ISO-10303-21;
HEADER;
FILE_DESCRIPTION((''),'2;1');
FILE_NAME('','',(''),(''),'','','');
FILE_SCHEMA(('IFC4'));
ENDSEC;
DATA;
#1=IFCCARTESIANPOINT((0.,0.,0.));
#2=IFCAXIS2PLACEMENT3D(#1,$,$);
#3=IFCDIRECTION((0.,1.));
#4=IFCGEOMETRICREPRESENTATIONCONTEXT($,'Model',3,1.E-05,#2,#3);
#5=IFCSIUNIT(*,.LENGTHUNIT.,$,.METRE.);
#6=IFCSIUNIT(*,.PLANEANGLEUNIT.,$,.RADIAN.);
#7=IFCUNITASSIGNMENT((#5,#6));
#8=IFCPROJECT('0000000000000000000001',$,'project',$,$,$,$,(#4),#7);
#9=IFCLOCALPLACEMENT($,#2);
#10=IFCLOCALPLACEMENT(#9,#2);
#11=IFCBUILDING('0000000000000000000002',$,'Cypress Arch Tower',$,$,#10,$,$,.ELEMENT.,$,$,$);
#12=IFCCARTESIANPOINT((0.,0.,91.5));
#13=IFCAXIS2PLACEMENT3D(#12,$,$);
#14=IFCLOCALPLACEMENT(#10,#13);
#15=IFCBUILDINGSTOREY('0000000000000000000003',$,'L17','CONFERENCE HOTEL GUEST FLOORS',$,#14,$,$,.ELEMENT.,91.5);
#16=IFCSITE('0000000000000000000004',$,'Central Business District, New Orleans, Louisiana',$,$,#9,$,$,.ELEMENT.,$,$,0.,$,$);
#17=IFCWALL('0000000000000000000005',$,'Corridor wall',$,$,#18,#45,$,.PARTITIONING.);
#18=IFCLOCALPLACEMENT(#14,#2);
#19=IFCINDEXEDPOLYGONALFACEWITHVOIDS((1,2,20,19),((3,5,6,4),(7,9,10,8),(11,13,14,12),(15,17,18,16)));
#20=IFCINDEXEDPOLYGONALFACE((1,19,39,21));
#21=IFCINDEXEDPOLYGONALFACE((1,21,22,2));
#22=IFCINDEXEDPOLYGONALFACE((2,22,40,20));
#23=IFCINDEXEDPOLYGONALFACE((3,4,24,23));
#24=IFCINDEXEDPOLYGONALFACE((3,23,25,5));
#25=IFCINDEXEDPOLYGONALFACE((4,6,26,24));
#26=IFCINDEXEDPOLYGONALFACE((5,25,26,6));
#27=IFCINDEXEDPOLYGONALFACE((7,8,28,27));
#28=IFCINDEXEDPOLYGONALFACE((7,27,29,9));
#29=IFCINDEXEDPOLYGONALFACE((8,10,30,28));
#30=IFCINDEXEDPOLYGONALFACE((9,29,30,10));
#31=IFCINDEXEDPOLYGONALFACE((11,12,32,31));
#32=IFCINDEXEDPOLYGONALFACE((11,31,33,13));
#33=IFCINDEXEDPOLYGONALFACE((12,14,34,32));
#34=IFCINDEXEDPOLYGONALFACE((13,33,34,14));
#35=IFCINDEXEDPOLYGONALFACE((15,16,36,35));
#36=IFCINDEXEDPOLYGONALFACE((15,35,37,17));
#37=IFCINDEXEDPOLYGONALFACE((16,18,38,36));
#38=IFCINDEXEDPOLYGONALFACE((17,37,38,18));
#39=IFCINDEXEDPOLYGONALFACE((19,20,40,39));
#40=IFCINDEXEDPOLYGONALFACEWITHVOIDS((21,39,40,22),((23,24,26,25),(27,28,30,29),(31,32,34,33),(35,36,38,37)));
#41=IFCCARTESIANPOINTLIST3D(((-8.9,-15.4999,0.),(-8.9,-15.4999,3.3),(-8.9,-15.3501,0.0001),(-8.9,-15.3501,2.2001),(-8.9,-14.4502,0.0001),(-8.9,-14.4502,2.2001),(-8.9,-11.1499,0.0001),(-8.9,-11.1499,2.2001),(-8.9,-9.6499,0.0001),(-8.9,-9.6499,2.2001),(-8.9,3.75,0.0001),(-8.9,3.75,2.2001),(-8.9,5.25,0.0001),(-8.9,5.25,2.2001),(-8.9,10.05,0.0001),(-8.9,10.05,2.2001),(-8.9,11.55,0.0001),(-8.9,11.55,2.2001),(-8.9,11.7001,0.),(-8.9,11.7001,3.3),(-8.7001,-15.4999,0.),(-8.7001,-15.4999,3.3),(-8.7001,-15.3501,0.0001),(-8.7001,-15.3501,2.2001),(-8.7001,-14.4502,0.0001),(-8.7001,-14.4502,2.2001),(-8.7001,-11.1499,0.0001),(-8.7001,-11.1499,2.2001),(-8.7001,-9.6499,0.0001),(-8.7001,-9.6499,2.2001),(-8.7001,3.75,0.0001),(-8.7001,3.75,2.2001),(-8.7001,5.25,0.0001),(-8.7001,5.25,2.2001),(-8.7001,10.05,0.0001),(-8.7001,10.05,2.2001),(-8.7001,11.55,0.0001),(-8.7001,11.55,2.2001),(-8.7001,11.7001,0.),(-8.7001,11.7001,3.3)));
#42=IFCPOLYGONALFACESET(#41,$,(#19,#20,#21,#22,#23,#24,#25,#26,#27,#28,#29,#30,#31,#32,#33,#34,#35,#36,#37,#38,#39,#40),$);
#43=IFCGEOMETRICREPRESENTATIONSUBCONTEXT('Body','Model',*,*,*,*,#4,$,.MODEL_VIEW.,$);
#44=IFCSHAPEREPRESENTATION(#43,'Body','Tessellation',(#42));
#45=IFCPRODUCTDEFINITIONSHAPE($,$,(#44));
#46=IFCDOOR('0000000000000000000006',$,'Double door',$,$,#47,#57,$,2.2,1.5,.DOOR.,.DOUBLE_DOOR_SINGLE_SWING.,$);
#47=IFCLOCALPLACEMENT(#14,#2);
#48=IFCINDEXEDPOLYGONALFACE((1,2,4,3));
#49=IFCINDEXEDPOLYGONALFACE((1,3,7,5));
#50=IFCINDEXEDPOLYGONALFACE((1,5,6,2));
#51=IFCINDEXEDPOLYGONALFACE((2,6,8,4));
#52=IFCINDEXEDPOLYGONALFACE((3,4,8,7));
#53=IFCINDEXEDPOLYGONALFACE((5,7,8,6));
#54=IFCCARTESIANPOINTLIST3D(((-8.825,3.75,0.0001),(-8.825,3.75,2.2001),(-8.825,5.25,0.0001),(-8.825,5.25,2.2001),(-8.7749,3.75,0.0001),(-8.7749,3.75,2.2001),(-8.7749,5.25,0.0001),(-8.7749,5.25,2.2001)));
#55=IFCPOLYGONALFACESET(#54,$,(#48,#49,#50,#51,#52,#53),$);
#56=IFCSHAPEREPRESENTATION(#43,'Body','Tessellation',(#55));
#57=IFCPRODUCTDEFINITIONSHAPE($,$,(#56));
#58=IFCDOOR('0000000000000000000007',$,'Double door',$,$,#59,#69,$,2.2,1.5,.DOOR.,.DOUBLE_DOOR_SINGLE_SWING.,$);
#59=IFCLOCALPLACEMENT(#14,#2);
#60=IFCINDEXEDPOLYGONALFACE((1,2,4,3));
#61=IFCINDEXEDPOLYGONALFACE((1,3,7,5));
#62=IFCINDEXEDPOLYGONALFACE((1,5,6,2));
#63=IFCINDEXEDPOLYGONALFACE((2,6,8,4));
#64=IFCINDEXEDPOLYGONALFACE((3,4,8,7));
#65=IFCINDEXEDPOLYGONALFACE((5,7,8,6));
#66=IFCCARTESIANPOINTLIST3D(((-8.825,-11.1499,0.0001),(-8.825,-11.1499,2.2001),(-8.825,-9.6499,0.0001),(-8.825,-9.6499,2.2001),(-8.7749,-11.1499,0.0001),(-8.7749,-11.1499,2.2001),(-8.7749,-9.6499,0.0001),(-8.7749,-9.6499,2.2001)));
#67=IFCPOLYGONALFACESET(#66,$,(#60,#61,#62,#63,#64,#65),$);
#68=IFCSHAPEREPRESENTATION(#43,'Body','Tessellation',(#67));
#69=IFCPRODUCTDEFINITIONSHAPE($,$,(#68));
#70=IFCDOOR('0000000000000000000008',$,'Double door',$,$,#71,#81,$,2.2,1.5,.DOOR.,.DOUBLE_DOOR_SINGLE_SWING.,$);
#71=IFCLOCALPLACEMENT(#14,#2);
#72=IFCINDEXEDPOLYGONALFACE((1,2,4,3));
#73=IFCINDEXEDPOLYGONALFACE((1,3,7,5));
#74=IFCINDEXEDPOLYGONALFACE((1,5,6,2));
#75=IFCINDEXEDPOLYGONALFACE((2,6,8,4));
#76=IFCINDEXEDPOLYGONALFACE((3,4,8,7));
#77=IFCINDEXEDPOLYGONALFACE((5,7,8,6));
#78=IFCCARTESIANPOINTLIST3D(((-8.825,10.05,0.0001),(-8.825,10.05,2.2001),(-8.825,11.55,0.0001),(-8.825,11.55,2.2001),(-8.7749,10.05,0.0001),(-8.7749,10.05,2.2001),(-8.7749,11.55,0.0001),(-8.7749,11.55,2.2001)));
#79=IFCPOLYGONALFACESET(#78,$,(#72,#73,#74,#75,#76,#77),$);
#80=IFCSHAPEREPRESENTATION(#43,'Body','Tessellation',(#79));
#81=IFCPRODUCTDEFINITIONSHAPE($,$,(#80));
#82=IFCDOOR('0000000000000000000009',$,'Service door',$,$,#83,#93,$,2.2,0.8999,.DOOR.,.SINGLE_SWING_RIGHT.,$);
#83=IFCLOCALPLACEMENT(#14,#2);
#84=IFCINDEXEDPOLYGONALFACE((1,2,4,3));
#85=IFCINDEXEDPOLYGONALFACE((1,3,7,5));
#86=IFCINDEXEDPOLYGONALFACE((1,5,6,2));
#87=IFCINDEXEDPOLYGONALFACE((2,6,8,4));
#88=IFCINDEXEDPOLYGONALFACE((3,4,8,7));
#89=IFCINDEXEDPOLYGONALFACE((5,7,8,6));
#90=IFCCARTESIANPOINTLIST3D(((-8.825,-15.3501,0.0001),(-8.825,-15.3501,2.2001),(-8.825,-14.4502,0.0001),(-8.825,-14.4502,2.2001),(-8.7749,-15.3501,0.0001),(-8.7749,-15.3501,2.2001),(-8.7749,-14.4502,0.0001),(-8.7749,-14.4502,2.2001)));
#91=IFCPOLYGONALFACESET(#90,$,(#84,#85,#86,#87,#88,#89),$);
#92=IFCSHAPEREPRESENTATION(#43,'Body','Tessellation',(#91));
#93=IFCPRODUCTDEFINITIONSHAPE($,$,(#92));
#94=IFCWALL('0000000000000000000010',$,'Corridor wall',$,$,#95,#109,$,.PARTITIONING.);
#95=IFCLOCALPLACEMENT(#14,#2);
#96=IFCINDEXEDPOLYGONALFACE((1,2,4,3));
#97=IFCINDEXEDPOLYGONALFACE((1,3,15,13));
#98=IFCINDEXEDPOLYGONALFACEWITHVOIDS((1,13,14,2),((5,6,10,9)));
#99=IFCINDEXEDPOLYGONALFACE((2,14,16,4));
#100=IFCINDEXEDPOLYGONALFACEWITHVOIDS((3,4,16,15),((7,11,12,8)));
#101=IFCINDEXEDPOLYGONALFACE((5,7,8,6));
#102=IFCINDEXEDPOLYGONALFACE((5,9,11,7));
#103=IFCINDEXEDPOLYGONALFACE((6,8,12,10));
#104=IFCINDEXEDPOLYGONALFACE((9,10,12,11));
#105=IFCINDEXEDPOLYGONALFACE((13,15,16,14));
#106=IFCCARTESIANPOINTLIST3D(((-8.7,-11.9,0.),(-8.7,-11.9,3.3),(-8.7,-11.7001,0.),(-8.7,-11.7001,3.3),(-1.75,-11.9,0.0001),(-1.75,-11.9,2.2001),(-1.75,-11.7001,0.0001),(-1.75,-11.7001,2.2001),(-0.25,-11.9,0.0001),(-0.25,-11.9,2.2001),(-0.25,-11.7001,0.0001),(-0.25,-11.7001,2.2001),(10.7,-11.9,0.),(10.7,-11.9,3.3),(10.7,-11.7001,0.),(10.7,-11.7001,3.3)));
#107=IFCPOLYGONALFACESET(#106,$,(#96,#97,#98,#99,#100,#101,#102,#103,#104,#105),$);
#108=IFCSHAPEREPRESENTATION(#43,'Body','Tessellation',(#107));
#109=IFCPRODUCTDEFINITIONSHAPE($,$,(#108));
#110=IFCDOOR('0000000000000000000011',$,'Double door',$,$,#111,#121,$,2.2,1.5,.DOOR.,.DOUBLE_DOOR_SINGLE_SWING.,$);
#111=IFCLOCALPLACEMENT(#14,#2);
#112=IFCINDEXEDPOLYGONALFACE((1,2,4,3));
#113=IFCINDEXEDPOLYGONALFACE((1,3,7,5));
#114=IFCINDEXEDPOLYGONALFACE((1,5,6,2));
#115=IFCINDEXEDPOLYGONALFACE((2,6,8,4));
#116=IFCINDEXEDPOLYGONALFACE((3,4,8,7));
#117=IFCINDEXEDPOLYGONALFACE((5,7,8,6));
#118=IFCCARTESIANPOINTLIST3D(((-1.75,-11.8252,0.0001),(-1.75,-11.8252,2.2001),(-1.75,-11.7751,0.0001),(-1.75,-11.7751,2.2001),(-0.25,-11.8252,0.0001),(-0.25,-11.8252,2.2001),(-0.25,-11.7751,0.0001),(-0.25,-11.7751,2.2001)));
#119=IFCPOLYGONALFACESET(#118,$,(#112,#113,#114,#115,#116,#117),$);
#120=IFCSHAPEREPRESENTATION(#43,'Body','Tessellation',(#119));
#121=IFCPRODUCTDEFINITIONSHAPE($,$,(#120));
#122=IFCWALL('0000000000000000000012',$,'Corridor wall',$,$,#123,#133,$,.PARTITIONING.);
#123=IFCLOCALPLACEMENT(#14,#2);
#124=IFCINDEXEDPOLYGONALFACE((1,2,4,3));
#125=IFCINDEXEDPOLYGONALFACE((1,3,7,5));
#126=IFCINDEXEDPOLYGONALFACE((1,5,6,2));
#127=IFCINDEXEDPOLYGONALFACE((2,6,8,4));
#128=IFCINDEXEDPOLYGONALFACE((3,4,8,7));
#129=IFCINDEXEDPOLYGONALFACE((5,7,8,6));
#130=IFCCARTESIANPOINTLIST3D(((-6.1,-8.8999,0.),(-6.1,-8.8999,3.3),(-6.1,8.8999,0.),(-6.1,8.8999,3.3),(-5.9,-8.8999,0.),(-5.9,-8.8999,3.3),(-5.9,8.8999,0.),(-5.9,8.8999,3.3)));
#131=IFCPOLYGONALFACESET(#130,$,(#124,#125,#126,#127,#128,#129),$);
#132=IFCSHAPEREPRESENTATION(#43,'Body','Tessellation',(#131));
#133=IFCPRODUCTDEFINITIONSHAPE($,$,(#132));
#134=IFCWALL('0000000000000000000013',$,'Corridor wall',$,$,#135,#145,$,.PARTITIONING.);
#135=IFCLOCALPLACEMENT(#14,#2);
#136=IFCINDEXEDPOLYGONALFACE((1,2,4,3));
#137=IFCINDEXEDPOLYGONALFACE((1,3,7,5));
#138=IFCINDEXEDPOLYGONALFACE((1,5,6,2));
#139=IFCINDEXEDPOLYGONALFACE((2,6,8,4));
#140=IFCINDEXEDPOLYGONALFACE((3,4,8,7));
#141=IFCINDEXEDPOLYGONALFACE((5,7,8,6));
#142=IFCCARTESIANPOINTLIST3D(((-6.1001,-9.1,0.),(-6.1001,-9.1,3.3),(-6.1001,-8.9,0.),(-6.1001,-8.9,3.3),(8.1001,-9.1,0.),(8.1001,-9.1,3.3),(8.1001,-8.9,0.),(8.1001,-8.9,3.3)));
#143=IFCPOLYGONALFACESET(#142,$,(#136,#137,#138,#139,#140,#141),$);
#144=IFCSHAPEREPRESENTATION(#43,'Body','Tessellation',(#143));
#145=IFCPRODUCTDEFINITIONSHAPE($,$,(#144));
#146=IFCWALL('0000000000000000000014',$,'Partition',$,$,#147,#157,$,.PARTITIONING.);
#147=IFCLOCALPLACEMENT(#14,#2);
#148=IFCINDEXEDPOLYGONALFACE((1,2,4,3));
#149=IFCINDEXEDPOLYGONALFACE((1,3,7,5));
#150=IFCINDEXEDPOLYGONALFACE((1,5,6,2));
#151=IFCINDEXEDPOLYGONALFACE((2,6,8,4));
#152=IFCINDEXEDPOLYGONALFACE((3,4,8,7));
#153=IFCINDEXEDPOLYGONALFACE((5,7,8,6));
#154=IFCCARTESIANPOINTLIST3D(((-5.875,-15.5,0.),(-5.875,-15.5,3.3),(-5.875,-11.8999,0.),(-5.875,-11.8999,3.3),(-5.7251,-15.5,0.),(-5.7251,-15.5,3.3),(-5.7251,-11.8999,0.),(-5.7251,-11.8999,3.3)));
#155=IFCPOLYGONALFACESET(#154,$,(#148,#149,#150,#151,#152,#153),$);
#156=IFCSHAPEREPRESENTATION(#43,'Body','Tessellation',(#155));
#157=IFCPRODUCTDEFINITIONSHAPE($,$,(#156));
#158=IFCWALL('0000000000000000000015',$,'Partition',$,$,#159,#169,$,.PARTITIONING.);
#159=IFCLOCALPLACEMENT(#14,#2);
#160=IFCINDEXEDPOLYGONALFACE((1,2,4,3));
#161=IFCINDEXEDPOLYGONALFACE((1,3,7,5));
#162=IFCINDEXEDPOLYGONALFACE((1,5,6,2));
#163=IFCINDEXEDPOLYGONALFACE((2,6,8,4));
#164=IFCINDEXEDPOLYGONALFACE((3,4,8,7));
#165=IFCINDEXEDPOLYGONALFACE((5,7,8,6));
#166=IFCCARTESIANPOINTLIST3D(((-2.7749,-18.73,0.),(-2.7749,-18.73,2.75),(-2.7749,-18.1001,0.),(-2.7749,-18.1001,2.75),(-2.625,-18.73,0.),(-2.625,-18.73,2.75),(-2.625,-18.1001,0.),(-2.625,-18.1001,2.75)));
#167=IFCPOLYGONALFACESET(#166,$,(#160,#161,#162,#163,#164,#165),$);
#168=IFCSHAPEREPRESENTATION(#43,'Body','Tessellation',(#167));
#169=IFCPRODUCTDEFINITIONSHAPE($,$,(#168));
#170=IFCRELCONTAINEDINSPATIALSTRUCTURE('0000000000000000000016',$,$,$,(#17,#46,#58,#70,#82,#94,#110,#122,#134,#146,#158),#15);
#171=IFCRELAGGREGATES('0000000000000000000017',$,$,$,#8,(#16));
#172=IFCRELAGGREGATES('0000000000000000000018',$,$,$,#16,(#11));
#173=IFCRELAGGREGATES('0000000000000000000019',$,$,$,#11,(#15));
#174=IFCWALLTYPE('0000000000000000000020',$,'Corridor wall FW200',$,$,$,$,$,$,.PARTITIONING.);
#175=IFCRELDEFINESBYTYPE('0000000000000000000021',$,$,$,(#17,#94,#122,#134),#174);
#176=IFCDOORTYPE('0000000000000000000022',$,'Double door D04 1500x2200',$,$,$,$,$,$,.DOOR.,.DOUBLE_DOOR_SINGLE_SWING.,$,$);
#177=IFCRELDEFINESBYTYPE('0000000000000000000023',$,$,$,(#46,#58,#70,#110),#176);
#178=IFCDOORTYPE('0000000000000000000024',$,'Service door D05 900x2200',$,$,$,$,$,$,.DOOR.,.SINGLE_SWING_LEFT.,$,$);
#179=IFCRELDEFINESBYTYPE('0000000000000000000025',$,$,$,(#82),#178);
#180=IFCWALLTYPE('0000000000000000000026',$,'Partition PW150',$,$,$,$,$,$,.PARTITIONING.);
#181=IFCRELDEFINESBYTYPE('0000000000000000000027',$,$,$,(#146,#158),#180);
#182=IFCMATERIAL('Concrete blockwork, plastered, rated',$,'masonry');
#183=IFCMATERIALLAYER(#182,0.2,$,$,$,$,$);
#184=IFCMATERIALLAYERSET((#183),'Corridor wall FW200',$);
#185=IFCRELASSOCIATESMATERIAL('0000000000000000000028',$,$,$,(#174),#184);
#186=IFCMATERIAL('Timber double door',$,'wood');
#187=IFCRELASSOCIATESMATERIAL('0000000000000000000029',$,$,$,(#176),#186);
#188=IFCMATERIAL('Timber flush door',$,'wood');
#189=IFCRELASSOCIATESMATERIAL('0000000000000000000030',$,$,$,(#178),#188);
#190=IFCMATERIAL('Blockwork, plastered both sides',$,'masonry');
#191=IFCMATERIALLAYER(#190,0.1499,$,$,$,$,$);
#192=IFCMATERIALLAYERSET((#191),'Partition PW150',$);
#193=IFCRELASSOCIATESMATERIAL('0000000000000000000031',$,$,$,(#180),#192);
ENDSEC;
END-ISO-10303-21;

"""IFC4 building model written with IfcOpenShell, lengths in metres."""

from ifc_helpers import new_model, si_unit, direction, frame, frame_2d, origin, place, context, subcontext, project, spatial, rectangle, extrude, material, layer, layer_set, type_object, element, fill, save


model = new_model("IFC4")

# Units and contexts
model_context = context("Model", 3, precision=1e-05, world=origin(), true_north=direction((0.0, 1.0)))
body_context = subcontext(model_context, "Body", "Model", "MODEL_VIEW")
ifc_project = project(units=[si_unit("LENGTHUNIT", "METRE"), si_unit("PLANEANGLEUNIT", "RADIAN")], contexts=[model_context])

# Site, building, storey
site_placement = place(None, origin())
site = spatial("IfcSite", under=ifc_project, at=site_placement, Name="Central Business District, New Orleans, Louisiana", CompositionType="ELEMENT", RefElevation=0.0)
building_placement = place(site_placement, origin())
building = spatial("IfcBuilding", under=site, at=building_placement, Name="Cypress Arch Tower", CompositionType="ELEMENT")
storey_placement = place(building_placement, frame((0.0, 0.0, 91.5)))
storey = spatial("IfcBuildingStorey", under=building, at=storey_placement, Name="L17", Description="CONFERENCE HOTEL GUEST FLOORS", CompositionType="ELEMENT", Elevation=91.5)

# Wall, openings, doors
ifc_material_1 = material(Name="Concrete blockwork, plastered, rated", Category="masonry")
ifc_layer_1 = layer(ifc_material_1, 0.2)
ifc_layer_set_1 = layer_set([ifc_layer_1], Name="Corridor wall FW200")
wall_type_1 = type_object("IfcWallType", Name="Corridor wall FW200", PredefinedType="PARTITIONING", material=ifc_layer_set_1)
wall_1_placement = place(storey_placement, frame((-8.8, -15.5, 0.0), z_axis=(0.0, 0.0, 1.0), x_axis=(0.0, 1.0, 0.0)))
wall_1 = element("IfcWall", 1, at=wall_1_placement, inside=storey, type_object=wall_type_1, Name="Corridor wall", PredefinedType="PARTITIONING", context=body_context, shape_type="SweptSolid", body=[
    extrude(rectangle(XDim=27.2, YDim=0.2, at=frame_2d((13.6001, 0.0))), origin(), (0.0, 0.0, 1.0), 3.3),
])
opening_1_placement = place(wall_1_placement, frame((19.25, 0.0, 0.0)))
opening_1 = element("IfcOpeningElement", 2, at=opening_1_placement, cuts=wall_1, PredefinedType="OPENING", context=body_context, shape_type="SweptSolid", body=[
    extrude(rectangle(XDim=1.5, YDim=2.2, at=frame_2d((0.75, 1.1001))), frame((0.0, 0.1099, 0.0), z_axis=(0.0, -1.0, 0.0), x_axis=(1.0, 0.0, 0.0)), (0.0, 0.0, 1.0), 0.22),
])
opening_2_placement = place(wall_1_placement, frame((4.3501, 0.0, 0.0)))
opening_2 = element("IfcOpeningElement", 3, at=opening_2_placement, cuts=wall_1, PredefinedType="OPENING", context=body_context, shape_type="SweptSolid", body=[
    extrude(rectangle(XDim=1.5, YDim=2.2, at=frame_2d((0.75, 1.1001))), frame((0.0, 0.1099, 0.0), z_axis=(0.0, -1.0, 0.0), x_axis=(1.0, 0.0, 0.0)), (0.0, 0.0, 1.0), 0.22),
])
opening_3_placement = place(wall_1_placement, frame((25.55, 0.0, 0.0)))
opening_3 = element("IfcOpeningElement", 4, at=opening_3_placement, cuts=wall_1, PredefinedType="OPENING", context=body_context, shape_type="SweptSolid", body=[
    extrude(rectangle(XDim=1.5, YDim=2.2, at=frame_2d((0.75, 1.1001))), frame((0.0, 0.1099, 0.0), z_axis=(0.0, -1.0, 0.0), x_axis=(1.0, 0.0, 0.0)), (0.0, 0.0, 1.0), 0.22),
])
opening_4_placement = place(wall_1_placement, frame((0.1499, 0.0, 0.0)))
opening_4 = element("IfcOpeningElement", 5, at=opening_4_placement, cuts=wall_1, PredefinedType="OPENING", context=body_context, shape_type="SweptSolid", body=[
    extrude(rectangle(XDim=0.8999, YDim=2.2, at=frame_2d((0.45, 1.1001))), frame((0.0, 0.1099, 0.0), z_axis=(0.0, -1.0, 0.0), x_axis=(1.0, 0.0, 0.0)), (0.0, 0.0, 1.0), 0.22),
])
ifc_material_2 = material(Name="Timber double door", Category="wood")
door_type_1 = type_object("IfcDoorType", Name="Double door D04 1500x2200", OperationType="DOUBLE_DOOR_SINGLE_SWING", PredefinedType="DOOR", material=ifc_material_2)
door_1_placement = place(opening_1_placement, origin())
door_1 = element("IfcDoor", 6, at=door_1_placement, inside=storey, type_object=door_type_1, Name="Double door", OperationType="DOUBLE_DOOR_SINGLE_SWING", OverallHeight=2.2, OverallWidth=1.5, PredefinedType="DOOR", context=body_context, shape_type="SweptSolid", body=[
    extrude(rectangle(XDim=1.5, YDim=2.2, at=frame_2d((0.75, 1.1001))), frame((0.0, 0.0249, 0.0), z_axis=(0.0, -1.0, 0.0), x_axis=(1.0, 0.0, 0.0)), (0.0, 0.0, 1.0), 0.05),
])
fill(opening_1, door_1)
door_2_placement = place(opening_2_placement, origin())
door_2 = element("IfcDoor", 7, at=door_2_placement, inside=storey, type_object=door_type_1, Name="Double door", OperationType="DOUBLE_DOOR_SINGLE_SWING", OverallHeight=2.2, OverallWidth=1.5, PredefinedType="DOOR", context=body_context, shape_type="SweptSolid", body=[
    extrude(rectangle(XDim=1.5, YDim=2.2, at=frame_2d((0.75, 1.1001))), frame((0.0, 0.0249, 0.0), z_axis=(0.0, -1.0, 0.0), x_axis=(1.0, 0.0, 0.0)), (0.0, 0.0, 1.0), 0.05),
])
fill(opening_2, door_2)
door_3_placement = place(opening_3_placement, origin())
door_3 = element("IfcDoor", 8, at=door_3_placement, inside=storey, type_object=door_type_1, Name="Double door", OperationType="DOUBLE_DOOR_SINGLE_SWING", OverallHeight=2.2, OverallWidth=1.5, PredefinedType="DOOR", context=body_context, shape_type="SweptSolid", body=[
    extrude(rectangle(XDim=1.5, YDim=2.2, at=frame_2d((0.75, 1.1001))), frame((0.0, 0.0249, 0.0), z_axis=(0.0, -1.0, 0.0), x_axis=(1.0, 0.0, 0.0)), (0.0, 0.0, 1.0), 0.05),
])
fill(opening_3, door_3)
ifc_material_3 = material(Name="Timber flush door", Category="wood")
door_type_2 = type_object("IfcDoorType", Name="Service door D05 900x2200", OperationType="SINGLE_SWING_LEFT", PredefinedType="DOOR", material=ifc_material_3)
door_4_placement = place(opening_4_placement, origin())
door_4 = element("IfcDoor", 9, at=door_4_placement, inside=storey, type_object=door_type_2, Name="Service door", OperationType="SINGLE_SWING_RIGHT", OverallHeight=2.2, OverallWidth=0.8999, PredefinedType="DOOR", context=body_context, shape_type="SweptSolid", body=[
    extrude(rectangle(XDim=0.8999, YDim=2.2, at=frame_2d((0.45, 1.1001))), frame((0.0, 0.0249, 0.0), z_axis=(0.0, -1.0, 0.0), x_axis=(1.0, 0.0, 0.0)), (0.0, 0.0, 1.0), 0.05),
])
fill(opening_4, door_4)

# Wall, opening, door
wall_2_placement = place(storey_placement, frame((-8.7, -11.8, 0.0), z_axis=(0.0, 0.0, 1.0), x_axis=(1.0, 0.0, 0.0)))
wall_2 = element("IfcWall", 10, at=wall_2_placement, inside=storey, type_object=wall_type_1, Name="Corridor wall", PredefinedType="PARTITIONING", context=body_context, shape_type="SweptSolid", body=[
    extrude(rectangle(XDim=19.3999, YDim=0.2, at=frame_2d((9.7, 0.0))), origin(), (0.0, 0.0, 1.0), 3.3),
])
opening_5_placement = place(wall_2_placement, frame((6.95, 0.0, 0.0)))
opening_5 = element("IfcOpeningElement", 11, at=opening_5_placement, cuts=wall_2, PredefinedType="OPENING", context=body_context, shape_type="SweptSolid", body=[
    extrude(rectangle(XDim=1.5, YDim=2.2, at=frame_2d((0.75, 1.1001))), frame((0.0, 0.1099, 0.0), z_axis=(0.0, -1.0, 0.0), x_axis=(1.0, 0.0, 0.0)), (0.0, 0.0, 1.0), 0.22),
])
door_5_placement = place(opening_5_placement, origin())
door_5 = element("IfcDoor", 12, at=door_5_placement, inside=storey, type_object=door_type_1, Name="Double door", OperationType="DOUBLE_DOOR_SINGLE_SWING", OverallHeight=2.2, OverallWidth=1.5, PredefinedType="DOOR", context=body_context, shape_type="SweptSolid", body=[
    extrude(rectangle(XDim=1.5, YDim=2.2, at=frame_2d((0.75, 1.1001))), frame((0.0, 0.0249, 0.0), z_axis=(0.0, -1.0, 0.0), x_axis=(1.0, 0.0, 0.0)), (0.0, 0.0, 1.0), 0.05),
])
fill(opening_5, door_5)

# Walls
wall_3_placement = place(storey_placement, frame((-6.0, -8.8999, 0.0), z_axis=(0.0, 0.0, 1.0), x_axis=(0.0, 1.0, 0.0)))
element("IfcWall", 13, at=wall_3_placement, inside=storey, type_object=wall_type_1, Name="Corridor wall", PredefinedType="PARTITIONING", context=body_context, shape_type="SweptSolid", body=[
    extrude(rectangle(XDim=17.7998, YDim=0.2, at=frame_2d((8.8999, 0.0))), origin(), (0.0, 0.0, 1.0), 3.3),
])
wall_4_placement = place(storey_placement, frame((-6.1001, -9.0, 0.0), z_axis=(0.0, 0.0, 1.0), x_axis=(1.0, 0.0, 0.0)))
element("IfcWall", 14, at=wall_4_placement, inside=storey, type_object=wall_type_1, Name="Corridor wall", PredefinedType="PARTITIONING", context=body_context, shape_type="SweptSolid", body=[
    extrude(rectangle(XDim=14.2002, YDim=0.2, at=frame_2d((7.1001, 0.0))), origin(), (0.0, 0.0, 1.0), 3.3),
])
ifc_material_4 = material(Name="Blockwork, plastered both sides", Category="masonry")
ifc_layer_2 = layer(ifc_material_4, 0.1499)
ifc_layer_set_2 = layer_set([ifc_layer_2], Name="Partition PW150")
wall_type_2 = type_object("IfcWallType", Name="Partition PW150", PredefinedType="PARTITIONING", material=ifc_layer_set_2)
wall_5_placement = place(storey_placement, frame((-5.8, -15.5, 0.0), z_axis=(0.0, 0.0, 1.0), x_axis=(0.0, 1.0, 0.0)))
element("IfcWall", 15, at=wall_5_placement, inside=storey, type_object=wall_type_2, Name="Partition", PredefinedType="PARTITIONING", context=body_context, shape_type="SweptSolid", body=[
    extrude(rectangle(XDim=3.6001, YDim=0.1499, at=frame_2d((1.8, 0.0))), origin(), (0.0, 0.0, 1.0), 3.3),
])
wall_6_placement = place(storey_placement, frame((-2.7, -18.73, 0.0), z_axis=(0.0, 0.0, 1.0), x_axis=(0.0, 1.0, 0.0)))
element("IfcWall", 16, at=wall_6_placement, inside=storey, type_object=wall_type_2, Name="Partition", PredefinedType="PARTITIONING", context=body_context, shape_type="SweptSolid", body=[
    extrude(rectangle(XDim=0.6299, YDim=0.1499, at=frame_2d((0.3149, 0.0))), origin(), (0.0, 0.0, 1.0), 2.75),
])

save(model, "model.ifc")
